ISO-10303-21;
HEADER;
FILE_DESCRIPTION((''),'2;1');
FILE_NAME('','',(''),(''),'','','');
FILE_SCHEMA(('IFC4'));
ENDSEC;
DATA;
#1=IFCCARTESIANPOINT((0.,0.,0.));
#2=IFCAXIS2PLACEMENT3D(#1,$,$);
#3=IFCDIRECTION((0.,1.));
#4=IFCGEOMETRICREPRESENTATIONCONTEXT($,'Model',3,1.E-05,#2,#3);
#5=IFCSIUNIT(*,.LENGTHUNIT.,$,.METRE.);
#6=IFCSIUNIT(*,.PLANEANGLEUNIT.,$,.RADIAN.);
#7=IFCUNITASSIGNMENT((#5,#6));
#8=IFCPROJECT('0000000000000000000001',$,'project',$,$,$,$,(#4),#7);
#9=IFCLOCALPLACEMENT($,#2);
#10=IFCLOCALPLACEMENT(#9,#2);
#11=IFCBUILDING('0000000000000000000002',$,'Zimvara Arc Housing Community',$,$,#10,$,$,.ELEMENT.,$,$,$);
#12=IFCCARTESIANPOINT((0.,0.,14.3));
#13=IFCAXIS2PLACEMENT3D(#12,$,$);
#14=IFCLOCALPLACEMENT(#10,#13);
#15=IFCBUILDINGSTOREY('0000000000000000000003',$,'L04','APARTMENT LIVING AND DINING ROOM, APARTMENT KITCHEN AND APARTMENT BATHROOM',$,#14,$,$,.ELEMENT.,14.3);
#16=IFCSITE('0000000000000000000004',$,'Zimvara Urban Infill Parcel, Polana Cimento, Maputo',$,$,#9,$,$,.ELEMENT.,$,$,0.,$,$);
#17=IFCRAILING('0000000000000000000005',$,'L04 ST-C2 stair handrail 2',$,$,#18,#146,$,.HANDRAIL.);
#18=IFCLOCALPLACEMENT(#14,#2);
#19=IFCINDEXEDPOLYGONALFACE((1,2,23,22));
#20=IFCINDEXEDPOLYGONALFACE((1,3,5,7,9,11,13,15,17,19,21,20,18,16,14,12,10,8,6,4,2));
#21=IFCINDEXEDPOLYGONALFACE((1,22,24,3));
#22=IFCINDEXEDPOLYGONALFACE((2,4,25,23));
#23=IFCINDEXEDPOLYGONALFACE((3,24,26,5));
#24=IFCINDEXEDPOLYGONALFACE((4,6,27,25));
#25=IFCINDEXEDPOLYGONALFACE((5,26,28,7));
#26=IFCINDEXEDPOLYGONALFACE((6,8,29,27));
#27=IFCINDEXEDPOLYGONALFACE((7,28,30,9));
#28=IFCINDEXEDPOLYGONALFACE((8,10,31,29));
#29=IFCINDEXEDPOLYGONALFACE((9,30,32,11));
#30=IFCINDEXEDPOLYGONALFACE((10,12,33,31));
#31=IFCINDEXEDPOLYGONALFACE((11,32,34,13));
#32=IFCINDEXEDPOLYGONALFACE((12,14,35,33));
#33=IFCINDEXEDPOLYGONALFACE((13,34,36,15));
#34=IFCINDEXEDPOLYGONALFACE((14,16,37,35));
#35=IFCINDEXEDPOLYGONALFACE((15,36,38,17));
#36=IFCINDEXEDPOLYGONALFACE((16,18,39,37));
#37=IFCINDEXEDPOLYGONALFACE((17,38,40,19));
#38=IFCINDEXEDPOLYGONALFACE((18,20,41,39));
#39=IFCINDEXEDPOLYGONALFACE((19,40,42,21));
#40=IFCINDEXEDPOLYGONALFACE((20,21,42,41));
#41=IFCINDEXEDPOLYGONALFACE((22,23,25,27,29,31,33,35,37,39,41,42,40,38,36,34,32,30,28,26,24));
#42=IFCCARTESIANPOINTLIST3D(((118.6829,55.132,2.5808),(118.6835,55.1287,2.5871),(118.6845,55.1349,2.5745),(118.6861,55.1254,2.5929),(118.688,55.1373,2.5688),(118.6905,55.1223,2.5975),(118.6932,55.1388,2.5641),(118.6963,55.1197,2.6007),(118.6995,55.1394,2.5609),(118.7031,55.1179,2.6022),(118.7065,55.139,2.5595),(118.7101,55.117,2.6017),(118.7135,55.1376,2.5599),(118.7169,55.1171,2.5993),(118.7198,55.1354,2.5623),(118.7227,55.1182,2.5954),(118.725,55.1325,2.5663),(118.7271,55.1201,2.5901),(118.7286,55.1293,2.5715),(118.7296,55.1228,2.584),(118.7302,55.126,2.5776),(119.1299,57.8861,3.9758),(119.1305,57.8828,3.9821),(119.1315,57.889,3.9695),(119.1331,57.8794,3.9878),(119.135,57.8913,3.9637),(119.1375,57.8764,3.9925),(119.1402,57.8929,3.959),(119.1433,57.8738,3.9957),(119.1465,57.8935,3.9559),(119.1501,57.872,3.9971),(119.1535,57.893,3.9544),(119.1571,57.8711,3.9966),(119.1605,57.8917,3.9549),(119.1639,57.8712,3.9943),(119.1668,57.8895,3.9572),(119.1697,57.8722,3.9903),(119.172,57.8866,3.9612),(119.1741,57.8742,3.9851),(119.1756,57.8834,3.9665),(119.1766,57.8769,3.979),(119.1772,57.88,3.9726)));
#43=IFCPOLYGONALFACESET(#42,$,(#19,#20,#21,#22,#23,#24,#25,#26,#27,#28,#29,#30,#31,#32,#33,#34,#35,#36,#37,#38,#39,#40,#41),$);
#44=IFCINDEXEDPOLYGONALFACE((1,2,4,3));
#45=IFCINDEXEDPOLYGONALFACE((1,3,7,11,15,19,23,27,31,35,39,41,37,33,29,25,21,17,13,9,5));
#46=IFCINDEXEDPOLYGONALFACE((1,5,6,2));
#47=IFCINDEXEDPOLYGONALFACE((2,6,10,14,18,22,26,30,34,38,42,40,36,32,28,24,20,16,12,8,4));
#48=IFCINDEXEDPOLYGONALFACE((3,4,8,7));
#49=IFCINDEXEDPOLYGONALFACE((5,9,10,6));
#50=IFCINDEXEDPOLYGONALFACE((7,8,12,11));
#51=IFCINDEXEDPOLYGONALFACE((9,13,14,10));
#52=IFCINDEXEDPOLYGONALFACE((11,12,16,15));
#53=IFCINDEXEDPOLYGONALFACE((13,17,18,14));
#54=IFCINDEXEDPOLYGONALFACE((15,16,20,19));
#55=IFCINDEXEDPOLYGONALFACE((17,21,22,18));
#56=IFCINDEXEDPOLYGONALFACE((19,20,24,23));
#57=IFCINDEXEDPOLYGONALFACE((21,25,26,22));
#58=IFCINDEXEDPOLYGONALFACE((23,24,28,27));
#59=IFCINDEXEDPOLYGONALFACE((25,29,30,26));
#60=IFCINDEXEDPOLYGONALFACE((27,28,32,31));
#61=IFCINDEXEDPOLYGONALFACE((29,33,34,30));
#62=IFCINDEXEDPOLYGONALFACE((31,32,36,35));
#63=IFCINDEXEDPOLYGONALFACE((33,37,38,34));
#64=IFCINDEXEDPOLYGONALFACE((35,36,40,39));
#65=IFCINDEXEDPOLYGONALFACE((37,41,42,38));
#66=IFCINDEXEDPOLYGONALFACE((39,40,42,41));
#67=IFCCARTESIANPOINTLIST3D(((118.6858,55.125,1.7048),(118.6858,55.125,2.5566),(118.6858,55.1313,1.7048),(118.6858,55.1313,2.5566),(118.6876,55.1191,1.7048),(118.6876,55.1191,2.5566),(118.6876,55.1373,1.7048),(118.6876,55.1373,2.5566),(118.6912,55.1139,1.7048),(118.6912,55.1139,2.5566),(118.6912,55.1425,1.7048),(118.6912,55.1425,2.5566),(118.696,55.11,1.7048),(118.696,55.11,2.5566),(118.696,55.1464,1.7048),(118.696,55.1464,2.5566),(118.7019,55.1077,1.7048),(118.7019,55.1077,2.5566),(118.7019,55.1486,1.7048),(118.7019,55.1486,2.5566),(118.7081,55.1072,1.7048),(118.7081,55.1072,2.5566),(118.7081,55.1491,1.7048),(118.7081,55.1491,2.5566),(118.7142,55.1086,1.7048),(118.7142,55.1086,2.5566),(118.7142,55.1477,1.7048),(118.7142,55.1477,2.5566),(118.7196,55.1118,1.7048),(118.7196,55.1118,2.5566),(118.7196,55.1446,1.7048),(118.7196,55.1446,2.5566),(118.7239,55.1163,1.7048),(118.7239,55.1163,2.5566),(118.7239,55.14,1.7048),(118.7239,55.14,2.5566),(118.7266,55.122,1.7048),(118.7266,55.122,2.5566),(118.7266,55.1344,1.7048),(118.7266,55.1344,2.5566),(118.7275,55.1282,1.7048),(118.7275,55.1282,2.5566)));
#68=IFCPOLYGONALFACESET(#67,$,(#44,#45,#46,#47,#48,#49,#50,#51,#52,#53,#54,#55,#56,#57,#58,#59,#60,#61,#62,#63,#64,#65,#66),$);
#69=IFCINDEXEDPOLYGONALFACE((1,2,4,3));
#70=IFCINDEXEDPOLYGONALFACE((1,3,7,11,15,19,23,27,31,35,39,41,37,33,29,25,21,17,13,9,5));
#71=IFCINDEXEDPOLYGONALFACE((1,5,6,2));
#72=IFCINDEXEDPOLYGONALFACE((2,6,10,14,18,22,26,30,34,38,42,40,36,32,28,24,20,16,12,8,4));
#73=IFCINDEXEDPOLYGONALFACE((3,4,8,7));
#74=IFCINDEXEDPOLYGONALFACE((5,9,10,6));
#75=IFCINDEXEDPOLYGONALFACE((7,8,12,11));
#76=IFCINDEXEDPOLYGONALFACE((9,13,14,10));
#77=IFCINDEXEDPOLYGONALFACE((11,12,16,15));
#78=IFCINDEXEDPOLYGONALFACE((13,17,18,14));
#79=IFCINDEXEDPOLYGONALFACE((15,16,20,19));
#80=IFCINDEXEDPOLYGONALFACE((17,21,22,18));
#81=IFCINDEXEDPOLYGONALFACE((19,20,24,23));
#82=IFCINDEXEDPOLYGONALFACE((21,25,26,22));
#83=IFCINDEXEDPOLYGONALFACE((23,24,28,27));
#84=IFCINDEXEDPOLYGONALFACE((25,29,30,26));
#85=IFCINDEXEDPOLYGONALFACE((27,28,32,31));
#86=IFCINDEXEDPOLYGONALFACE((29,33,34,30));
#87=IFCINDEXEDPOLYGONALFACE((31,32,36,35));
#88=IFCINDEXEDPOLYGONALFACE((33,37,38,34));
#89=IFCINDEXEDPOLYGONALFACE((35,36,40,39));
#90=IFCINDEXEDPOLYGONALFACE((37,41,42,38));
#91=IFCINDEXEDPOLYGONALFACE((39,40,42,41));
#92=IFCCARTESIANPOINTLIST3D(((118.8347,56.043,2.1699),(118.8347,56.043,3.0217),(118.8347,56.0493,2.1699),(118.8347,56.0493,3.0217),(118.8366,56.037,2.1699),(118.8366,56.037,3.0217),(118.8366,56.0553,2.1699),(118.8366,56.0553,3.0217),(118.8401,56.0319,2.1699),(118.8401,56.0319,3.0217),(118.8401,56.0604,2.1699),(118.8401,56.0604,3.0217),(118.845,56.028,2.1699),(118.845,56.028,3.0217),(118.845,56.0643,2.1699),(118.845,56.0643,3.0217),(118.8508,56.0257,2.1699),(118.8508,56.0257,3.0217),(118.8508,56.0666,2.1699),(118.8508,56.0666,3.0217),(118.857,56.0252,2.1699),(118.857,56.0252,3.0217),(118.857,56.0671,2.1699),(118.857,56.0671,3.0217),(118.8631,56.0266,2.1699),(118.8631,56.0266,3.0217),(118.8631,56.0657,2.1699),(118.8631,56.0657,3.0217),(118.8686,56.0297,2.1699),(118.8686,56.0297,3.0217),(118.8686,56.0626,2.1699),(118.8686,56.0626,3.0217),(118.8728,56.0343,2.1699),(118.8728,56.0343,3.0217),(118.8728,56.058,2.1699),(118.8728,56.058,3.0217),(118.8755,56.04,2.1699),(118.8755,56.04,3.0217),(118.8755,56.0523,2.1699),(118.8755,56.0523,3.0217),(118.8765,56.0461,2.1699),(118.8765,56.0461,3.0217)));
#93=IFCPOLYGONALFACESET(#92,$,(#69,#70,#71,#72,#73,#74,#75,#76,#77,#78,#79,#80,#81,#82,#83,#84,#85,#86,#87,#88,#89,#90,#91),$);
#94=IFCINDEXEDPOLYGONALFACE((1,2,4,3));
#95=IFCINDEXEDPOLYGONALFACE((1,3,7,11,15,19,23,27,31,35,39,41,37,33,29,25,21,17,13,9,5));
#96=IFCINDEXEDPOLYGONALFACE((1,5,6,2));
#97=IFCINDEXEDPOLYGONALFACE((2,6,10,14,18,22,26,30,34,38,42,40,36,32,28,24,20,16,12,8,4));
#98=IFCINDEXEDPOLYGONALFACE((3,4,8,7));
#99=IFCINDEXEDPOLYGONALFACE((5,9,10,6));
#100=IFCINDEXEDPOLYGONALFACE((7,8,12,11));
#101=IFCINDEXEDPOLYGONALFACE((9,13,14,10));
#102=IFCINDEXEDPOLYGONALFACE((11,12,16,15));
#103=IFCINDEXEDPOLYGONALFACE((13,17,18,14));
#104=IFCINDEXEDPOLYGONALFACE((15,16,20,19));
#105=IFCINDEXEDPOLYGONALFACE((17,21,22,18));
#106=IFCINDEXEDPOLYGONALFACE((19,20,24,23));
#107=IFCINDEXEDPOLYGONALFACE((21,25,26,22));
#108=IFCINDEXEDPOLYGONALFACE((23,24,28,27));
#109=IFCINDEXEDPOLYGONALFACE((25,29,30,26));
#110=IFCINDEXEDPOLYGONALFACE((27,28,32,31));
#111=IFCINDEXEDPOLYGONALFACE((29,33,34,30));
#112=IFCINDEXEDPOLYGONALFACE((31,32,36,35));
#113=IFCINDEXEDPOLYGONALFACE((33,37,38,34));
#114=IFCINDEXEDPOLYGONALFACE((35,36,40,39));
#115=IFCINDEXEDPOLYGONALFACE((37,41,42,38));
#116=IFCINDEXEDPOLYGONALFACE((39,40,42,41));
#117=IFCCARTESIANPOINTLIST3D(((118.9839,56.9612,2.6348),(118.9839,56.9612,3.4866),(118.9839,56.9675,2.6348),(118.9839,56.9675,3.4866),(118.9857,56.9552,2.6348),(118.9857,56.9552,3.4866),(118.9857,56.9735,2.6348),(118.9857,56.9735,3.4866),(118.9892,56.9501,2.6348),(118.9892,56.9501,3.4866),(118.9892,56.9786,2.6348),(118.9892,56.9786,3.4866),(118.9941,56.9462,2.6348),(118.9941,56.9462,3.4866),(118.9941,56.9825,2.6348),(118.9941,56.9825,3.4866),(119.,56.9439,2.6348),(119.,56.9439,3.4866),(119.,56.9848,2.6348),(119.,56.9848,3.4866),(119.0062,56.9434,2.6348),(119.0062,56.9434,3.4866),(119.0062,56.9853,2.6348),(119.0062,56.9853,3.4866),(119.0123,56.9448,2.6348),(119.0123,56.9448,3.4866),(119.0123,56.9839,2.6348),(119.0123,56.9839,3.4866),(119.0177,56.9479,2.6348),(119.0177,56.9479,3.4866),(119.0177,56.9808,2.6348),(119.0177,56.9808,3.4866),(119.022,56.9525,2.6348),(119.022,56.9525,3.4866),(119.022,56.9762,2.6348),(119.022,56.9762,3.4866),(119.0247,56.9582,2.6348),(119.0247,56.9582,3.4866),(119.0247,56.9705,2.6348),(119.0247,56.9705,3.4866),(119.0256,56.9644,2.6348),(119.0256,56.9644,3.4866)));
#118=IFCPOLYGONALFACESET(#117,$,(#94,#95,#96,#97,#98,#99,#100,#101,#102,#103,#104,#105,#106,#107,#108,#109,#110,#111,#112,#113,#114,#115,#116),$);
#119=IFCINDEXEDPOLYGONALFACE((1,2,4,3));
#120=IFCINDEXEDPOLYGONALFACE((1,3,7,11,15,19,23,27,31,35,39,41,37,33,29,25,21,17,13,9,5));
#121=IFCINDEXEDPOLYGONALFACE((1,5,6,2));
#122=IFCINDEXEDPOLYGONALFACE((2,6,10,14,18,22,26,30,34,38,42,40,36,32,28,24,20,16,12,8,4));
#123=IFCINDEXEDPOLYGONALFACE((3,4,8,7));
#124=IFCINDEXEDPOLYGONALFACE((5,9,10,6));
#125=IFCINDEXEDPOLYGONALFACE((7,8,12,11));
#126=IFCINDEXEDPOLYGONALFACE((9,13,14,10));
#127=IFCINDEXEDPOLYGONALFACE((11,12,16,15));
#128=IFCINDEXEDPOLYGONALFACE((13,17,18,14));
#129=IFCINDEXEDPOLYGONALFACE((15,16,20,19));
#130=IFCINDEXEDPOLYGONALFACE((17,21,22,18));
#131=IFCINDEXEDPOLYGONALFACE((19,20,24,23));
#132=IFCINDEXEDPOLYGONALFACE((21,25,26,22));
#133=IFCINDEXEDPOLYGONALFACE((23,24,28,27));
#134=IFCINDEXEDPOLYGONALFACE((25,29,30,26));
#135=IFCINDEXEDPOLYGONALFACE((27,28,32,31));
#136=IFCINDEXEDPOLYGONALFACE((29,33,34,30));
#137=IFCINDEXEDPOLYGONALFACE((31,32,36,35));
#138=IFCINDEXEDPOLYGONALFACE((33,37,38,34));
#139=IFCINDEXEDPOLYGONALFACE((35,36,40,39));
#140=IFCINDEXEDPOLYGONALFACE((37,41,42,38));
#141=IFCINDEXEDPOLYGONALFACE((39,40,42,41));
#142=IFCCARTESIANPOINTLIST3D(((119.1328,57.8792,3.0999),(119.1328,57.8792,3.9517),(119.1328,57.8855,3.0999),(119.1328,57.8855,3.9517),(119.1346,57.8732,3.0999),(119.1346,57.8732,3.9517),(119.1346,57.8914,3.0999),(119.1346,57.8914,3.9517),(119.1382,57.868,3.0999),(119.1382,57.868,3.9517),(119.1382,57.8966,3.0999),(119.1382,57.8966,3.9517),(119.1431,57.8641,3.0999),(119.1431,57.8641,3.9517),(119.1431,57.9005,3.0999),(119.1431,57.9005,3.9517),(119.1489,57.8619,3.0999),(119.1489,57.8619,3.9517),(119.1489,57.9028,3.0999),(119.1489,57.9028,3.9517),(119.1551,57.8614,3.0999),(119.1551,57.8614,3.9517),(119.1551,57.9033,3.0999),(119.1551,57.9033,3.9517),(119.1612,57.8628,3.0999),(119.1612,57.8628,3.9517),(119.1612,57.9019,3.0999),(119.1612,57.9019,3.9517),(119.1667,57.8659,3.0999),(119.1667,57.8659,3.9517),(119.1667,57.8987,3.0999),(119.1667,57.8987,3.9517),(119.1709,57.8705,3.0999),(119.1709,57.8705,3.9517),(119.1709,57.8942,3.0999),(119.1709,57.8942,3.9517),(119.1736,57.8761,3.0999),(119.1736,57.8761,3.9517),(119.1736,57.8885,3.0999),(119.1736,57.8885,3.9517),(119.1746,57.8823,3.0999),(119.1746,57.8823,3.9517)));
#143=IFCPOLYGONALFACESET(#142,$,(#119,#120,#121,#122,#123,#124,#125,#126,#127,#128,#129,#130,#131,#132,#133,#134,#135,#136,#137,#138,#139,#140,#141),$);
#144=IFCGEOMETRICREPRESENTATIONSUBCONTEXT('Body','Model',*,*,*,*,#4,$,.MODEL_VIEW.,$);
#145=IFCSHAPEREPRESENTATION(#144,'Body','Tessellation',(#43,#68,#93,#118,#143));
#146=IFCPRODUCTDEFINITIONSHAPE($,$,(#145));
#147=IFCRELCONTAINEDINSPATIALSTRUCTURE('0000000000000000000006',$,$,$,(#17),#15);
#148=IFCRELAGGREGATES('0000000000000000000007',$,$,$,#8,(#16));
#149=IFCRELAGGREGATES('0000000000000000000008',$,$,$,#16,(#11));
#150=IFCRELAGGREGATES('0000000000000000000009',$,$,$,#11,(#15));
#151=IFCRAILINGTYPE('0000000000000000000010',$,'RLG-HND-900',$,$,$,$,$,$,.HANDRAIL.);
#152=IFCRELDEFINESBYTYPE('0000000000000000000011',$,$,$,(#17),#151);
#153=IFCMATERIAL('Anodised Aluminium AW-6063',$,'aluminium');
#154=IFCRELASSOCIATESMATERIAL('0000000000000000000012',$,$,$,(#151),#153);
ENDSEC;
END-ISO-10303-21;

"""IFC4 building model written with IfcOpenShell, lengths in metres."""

from ifc_helpers import new_model, si_unit, direction, frame, origin, origin_2d, place, context, subcontext, project, spatial, circle, extrude, material, type_object, element, save


model = new_model("IFC4")

# Units and contexts
model_context = context("Model", 3, precision=1e-05, world=origin(), true_north=direction((0.0, 1.0)))
body_context = subcontext(model_context, "Body", "Model", "MODEL_VIEW")
ifc_project = project(units=[si_unit("LENGTHUNIT", "METRE"), si_unit("PLANEANGLEUNIT", "RADIAN")], contexts=[model_context])

# Site, building, storey
site_placement = place(None, origin())
site = spatial("IfcSite", under=ifc_project, at=site_placement, Name="Zimvara Urban Infill Parcel, Polana Cimento, Maputo", CompositionType="ELEMENT", RefElevation=0.0)
building_placement = place(site_placement, origin())
building = spatial("IfcBuilding", under=site, at=building_placement, Name="Zimvara Arc Housing Community", CompositionType="ELEMENT")
storey_placement = place(building_placement, frame((0.0, 0.0, 14.3)))
storey = spatial("IfcBuildingStorey", under=building, at=storey_placement, Name="L04", Description="APARTMENT LIVING AND DINING ROOM, APARTMENT KITCHEN AND APARTMENT BATHROOM", CompositionType="ELEMENT", Elevation=14.3)

# Railing
ifc_material_1 = material(Name="Anodised Aluminium AW-6063", Category="aluminium")
railing_type_1 = type_object("IfcRailingType", Name="RLG-HND-900", PredefinedType="HANDRAIL", material=ifc_material_1)
railing_1_placement = place(storey_placement, frame((118.7065, 55.1282, 1.7048)))
element("IfcRailing", 1, at=railing_1_placement, inside=storey, type_object=railing_type_1, Name="L04 ST-C2 stair handrail 2", PredefinedType="HANDRAIL", context=body_context, shape_type="SweptSolid", body=[
    extrude(circle(Radius=0.0239, at=origin_2d()), frame((0.0, 0.0, 0.876), z_axis=(0.143299, 0.882883, 0.447194), x_axis=(-0.987083, 0.160212, 0.0)), (0.0, 0.0, 1.0), 3.1194),
    extrude(circle(Radius=0.021, at=origin_2d()), origin(), (0.0, 0.0, 1.0), 0.8518),
    extrude(circle(Radius=0.021, at=origin_2d()), frame((0.1489, 0.918, 0.4651)), (0.0, 0.0, 1.0), 0.8518),
    extrude(circle(Radius=0.021, at=origin_2d()), frame((0.2981, 1.8362, 0.9299)), (0.0, 0.0, 1.0), 0.8518),
    extrude(circle(Radius=0.021, at=origin_2d()), frame((0.447, 2.7542, 1.395)), (0.0, 0.0, 1.0), 0.8518),
])

save(model, "model.ifc")
